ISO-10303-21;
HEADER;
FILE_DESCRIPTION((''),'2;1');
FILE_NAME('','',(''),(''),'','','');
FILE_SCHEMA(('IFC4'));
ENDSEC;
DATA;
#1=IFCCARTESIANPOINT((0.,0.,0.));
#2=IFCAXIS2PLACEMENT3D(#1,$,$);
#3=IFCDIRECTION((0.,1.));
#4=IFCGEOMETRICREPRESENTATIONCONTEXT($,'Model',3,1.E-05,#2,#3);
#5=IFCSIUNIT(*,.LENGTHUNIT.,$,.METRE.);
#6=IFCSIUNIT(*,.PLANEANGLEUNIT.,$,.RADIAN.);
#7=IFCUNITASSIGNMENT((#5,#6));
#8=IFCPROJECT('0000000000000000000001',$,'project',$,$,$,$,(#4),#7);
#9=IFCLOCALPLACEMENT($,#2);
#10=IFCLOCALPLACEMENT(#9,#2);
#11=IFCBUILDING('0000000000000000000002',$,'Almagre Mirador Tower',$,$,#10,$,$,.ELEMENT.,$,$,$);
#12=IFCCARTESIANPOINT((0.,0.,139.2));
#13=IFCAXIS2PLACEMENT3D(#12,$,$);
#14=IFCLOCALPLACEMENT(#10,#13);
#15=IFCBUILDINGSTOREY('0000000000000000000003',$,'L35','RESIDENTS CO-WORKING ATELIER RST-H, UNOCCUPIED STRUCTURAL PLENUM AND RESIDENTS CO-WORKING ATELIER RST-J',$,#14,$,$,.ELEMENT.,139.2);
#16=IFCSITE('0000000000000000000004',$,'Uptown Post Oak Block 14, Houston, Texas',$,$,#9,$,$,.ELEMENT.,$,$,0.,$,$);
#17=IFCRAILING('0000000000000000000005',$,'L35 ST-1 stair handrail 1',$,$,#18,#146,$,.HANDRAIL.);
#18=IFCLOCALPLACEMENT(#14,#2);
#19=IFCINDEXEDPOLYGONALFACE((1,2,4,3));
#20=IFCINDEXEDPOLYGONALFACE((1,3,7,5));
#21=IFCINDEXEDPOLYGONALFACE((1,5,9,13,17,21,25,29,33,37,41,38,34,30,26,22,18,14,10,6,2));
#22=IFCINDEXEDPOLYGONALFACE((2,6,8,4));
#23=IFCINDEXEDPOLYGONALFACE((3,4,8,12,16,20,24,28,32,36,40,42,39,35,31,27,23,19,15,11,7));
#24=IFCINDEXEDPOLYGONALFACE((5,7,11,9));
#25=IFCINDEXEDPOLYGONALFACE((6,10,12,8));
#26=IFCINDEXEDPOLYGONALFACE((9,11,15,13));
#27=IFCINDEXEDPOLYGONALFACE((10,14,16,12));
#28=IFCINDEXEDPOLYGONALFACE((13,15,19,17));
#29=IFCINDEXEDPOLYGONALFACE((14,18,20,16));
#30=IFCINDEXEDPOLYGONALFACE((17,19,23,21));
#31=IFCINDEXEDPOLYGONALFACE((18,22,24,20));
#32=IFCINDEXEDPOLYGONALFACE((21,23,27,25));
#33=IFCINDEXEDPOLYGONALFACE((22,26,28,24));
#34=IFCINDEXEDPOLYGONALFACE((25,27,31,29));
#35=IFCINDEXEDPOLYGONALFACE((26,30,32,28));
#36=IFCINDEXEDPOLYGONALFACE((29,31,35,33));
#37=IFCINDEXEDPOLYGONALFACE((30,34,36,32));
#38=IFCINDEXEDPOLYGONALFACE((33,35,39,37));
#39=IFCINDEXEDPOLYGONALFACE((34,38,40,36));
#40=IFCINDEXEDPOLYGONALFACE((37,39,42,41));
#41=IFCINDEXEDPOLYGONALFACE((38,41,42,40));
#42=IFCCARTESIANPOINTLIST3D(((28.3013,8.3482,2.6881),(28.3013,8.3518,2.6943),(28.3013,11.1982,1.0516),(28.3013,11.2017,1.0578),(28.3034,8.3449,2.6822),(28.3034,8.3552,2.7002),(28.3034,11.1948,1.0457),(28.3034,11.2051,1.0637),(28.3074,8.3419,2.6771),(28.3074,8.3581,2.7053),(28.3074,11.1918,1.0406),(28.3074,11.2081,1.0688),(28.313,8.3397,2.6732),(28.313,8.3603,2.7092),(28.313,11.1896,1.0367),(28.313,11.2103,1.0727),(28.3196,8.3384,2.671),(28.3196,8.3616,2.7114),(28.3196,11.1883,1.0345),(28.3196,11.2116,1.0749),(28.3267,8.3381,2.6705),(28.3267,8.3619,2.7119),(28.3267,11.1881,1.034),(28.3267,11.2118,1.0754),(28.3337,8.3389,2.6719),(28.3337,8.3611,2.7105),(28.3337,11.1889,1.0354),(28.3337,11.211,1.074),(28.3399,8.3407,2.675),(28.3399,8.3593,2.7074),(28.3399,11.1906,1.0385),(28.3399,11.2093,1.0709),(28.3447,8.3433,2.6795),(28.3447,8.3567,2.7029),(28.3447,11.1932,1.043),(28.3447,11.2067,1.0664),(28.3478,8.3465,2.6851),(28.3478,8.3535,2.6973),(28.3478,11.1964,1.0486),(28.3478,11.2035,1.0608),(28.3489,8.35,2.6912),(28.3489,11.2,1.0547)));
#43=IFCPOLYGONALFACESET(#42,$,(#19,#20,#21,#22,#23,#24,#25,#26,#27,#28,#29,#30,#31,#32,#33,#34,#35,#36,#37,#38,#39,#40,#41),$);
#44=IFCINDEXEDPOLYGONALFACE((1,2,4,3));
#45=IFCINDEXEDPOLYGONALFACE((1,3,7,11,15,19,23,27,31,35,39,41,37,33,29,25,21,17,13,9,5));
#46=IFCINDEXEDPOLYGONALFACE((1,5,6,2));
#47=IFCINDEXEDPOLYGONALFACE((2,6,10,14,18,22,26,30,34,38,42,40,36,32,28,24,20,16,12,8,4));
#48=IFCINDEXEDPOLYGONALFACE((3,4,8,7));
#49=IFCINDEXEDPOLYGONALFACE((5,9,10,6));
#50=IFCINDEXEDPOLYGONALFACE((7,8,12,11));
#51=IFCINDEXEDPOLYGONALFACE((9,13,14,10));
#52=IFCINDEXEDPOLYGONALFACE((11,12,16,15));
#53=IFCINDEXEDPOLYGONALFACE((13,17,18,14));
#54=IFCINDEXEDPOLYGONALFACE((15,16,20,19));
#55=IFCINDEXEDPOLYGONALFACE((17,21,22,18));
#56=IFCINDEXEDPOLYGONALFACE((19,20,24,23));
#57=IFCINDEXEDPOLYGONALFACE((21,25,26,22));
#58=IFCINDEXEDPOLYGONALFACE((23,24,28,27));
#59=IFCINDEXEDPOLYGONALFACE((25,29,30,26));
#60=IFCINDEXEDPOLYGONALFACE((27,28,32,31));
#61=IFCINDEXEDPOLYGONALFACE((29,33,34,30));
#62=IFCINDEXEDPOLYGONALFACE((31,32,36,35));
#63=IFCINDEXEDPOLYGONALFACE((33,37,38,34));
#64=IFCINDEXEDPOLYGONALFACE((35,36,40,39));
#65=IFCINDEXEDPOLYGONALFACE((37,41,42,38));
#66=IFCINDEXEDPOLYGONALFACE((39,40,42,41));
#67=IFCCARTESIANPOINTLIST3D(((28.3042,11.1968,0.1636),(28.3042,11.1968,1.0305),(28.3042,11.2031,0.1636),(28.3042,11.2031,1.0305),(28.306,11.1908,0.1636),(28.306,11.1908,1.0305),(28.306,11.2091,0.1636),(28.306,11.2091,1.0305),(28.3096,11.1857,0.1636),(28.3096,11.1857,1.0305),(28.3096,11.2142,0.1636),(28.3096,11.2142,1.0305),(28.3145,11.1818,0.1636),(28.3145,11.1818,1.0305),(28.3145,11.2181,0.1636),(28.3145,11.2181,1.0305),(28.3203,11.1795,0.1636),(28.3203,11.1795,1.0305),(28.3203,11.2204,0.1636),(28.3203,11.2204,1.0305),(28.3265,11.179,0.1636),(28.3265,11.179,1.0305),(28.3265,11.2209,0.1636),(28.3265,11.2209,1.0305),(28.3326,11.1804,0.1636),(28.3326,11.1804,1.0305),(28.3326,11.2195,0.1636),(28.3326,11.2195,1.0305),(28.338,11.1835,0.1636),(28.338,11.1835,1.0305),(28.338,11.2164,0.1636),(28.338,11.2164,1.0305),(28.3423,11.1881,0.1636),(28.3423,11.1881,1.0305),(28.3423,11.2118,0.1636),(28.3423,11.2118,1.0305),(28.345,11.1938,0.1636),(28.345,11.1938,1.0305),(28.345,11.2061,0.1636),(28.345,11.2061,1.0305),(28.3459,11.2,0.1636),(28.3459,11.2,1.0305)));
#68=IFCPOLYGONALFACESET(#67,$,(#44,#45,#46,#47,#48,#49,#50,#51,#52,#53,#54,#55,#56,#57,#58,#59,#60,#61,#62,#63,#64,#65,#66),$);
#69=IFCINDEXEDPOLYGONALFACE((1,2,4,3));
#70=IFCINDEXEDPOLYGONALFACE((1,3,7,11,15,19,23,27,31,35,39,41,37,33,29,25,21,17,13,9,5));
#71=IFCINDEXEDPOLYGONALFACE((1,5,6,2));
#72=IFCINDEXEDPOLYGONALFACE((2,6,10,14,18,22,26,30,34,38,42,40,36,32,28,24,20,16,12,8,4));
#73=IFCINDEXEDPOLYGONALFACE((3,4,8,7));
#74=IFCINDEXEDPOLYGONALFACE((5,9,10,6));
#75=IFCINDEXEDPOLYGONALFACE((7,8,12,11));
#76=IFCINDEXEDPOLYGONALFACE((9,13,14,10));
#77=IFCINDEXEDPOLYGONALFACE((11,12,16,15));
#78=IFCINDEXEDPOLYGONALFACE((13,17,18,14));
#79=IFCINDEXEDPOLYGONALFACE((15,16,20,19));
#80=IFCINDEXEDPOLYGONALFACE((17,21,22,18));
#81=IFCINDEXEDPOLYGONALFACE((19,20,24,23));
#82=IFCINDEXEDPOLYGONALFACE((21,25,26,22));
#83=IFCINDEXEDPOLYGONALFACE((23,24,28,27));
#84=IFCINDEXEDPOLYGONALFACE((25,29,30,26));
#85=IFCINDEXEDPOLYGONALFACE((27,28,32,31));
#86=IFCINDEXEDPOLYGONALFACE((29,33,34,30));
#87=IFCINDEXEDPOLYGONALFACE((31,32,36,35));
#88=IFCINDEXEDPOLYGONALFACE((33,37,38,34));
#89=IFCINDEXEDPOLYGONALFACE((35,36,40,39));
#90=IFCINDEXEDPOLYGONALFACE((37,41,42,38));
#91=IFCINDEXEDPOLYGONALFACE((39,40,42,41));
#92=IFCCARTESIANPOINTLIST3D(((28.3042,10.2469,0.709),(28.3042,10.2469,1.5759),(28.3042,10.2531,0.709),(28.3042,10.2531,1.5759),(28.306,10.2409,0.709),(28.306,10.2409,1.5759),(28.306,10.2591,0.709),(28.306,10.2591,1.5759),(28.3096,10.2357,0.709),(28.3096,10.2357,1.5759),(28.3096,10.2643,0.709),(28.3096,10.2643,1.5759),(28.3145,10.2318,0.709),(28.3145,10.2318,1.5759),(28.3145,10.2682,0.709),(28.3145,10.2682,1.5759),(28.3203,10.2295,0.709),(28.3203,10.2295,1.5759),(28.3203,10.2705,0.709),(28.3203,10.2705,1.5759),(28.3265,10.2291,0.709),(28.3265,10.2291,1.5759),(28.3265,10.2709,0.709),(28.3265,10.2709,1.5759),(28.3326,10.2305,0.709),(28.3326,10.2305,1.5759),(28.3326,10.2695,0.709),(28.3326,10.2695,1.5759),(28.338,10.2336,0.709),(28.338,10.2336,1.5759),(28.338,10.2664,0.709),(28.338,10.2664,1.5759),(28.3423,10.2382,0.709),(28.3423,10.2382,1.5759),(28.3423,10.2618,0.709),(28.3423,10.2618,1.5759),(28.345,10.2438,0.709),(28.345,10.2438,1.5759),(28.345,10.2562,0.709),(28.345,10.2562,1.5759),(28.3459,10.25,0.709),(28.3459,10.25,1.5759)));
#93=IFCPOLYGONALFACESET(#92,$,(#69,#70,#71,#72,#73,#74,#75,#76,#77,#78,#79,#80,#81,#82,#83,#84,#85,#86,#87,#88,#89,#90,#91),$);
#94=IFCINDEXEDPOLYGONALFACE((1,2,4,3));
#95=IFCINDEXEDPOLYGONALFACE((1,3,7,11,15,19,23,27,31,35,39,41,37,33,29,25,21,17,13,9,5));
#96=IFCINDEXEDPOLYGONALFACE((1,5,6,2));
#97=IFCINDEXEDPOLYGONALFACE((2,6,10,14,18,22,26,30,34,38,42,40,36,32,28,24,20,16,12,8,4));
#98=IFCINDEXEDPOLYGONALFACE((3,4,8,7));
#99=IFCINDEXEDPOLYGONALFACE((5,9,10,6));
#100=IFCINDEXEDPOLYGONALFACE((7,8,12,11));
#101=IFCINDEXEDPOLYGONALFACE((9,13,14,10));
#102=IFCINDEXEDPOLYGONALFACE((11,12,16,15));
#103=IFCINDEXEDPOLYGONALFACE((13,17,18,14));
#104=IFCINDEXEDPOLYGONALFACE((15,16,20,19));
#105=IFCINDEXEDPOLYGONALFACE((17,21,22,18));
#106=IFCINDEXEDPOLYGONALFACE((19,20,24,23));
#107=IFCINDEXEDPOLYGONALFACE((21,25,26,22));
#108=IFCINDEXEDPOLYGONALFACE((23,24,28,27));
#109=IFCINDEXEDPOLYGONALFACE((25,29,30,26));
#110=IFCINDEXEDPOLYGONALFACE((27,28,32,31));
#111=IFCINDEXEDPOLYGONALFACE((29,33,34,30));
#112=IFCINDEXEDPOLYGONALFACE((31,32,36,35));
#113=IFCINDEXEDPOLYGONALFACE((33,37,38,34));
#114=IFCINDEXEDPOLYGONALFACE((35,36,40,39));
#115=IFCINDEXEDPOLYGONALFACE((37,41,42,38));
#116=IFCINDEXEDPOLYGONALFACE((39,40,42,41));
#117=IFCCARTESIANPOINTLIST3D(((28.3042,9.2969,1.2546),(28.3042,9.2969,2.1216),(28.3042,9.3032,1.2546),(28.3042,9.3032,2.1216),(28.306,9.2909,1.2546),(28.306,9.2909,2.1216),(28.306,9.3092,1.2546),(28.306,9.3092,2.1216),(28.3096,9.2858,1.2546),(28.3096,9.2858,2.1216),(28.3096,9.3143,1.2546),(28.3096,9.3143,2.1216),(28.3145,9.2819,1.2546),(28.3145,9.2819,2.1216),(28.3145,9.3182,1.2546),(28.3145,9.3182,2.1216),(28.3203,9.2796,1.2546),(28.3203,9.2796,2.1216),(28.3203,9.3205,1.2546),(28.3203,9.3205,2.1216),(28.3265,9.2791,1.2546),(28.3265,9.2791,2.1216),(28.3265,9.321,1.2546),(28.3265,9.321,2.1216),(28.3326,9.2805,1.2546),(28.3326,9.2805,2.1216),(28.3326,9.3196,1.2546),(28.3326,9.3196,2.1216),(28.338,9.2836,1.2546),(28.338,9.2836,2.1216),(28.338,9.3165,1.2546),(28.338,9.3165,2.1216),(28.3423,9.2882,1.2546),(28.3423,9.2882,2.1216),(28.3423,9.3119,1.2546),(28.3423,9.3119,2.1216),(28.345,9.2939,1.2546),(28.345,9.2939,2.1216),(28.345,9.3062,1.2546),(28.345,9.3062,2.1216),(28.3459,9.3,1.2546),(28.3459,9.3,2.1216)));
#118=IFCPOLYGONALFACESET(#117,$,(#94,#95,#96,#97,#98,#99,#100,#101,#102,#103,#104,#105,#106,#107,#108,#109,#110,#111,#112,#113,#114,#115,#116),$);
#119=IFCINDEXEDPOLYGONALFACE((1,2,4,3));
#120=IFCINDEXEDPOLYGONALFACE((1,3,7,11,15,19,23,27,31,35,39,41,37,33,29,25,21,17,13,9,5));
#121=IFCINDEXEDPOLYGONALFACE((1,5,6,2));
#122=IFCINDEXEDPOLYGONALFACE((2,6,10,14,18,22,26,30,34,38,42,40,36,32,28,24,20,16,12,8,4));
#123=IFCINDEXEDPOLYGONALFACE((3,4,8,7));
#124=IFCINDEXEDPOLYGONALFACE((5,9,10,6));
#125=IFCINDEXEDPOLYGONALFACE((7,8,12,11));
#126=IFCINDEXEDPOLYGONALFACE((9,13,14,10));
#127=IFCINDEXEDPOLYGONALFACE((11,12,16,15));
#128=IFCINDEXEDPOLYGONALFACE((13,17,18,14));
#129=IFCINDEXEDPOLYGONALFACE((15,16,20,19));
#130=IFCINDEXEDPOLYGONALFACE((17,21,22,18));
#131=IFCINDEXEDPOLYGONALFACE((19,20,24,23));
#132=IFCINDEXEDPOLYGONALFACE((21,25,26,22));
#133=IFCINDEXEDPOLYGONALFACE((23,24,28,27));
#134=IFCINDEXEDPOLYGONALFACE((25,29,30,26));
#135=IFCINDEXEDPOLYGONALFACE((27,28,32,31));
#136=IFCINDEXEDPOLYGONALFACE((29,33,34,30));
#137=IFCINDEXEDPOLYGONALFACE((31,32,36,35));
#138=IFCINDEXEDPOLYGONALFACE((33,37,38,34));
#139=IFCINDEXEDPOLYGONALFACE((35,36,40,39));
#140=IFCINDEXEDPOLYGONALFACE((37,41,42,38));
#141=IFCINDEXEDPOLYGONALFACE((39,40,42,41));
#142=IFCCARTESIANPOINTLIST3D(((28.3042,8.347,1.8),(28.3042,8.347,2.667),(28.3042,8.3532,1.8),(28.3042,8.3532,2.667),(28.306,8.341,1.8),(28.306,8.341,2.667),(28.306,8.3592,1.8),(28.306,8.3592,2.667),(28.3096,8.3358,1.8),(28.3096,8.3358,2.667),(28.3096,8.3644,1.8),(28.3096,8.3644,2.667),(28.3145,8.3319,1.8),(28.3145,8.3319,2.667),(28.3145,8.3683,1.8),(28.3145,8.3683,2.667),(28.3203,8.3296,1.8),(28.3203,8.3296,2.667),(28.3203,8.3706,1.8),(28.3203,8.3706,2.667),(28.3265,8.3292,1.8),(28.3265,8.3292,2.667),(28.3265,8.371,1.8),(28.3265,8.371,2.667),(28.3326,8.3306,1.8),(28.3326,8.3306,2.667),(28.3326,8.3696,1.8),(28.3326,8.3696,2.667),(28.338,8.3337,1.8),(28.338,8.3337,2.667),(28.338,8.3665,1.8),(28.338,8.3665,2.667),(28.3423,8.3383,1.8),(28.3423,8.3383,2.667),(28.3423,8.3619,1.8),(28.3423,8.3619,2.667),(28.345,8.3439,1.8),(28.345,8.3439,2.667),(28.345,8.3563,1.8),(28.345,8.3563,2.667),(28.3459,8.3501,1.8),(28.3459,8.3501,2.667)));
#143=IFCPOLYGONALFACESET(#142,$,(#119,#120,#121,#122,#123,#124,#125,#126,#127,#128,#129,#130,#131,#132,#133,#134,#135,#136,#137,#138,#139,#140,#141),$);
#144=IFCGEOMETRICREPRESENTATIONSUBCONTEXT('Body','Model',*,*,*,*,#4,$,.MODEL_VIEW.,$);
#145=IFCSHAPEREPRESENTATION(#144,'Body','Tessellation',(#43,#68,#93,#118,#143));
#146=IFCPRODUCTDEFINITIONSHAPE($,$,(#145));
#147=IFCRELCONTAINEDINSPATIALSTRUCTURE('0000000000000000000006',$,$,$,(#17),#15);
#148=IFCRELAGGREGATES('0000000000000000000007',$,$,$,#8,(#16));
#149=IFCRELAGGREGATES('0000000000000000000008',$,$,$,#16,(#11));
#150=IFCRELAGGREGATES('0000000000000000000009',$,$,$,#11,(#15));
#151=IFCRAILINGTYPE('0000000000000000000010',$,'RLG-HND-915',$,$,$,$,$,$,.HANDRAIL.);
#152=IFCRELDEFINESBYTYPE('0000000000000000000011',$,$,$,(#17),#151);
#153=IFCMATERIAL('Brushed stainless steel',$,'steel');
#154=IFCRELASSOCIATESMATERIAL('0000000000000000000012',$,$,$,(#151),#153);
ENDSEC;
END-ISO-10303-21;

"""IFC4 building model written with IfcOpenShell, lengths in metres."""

from ifc_helpers import new_model, si_unit, direction, frame, origin, origin_2d, place, context, subcontext, project, spatial, circle, extrude, material, type_object, element, save


model = new_model("IFC4")

# Units and contexts
model_context = context("Model", 3, precision=1e-05, world=origin(), true_north=direction((0.0, 1.0)))
body_context = subcontext(model_context, "Body", "Model", "MODEL_VIEW")
ifc_project = project(units=[si_unit("LENGTHUNIT", "METRE"), si_unit("PLANEANGLEUNIT", "RADIAN")], contexts=[model_context])

# Site, building, storey
site_placement = place(None, origin())
site = spatial("IfcSite", under=ifc_project, at=site_placement, Name="Uptown Post Oak Block 14, Houston, Texas", CompositionType="ELEMENT", RefElevation=0.0)
building_placement = place(site_placement, origin())
building = spatial("IfcBuilding", under=site, at=building_placement, Name="Almagre Mirador Tower", CompositionType="ELEMENT")
storey_placement = place(building_placement, frame((0.0, 0.0, 139.2)))
storey = spatial("IfcBuildingStorey", under=building, at=storey_placement, Name="L35", Description="RESIDENTS CO-WORKING ATELIER RST-H, UNOCCUPIED STRUCTURAL PLENUM AND RESIDENTS CO-WORKING ATELIER RST-J", CompositionType="ELEMENT", Elevation=139.2)

# Railing
ifc_material_1 = material(Name="Brushed stainless steel", Category="steel")
railing_type_1 = type_object("IfcRailingType", Name="RLG-HND-915", PredefinedType="HANDRAIL", material=ifc_material_1)
railing_1_placement = place(storey_placement, frame((28.325, 11.2, 0.1636)))
element("IfcRailing", 1, at=railing_1_placement, inside=storey, type_object=railing_type_1, Name="L35 ST-1 stair handrail 1", PredefinedType="HANDRAIL", context=body_context, shape_type="SweptSolid", body=[
    extrude(circle(Radius=0.0239, at=origin_2d()), frame((0.0, 0.0, 0.8911), z_axis=(0.0, -0.867194, 0.49797), x_axis=(1.0, 0.0, 0.0)), (0.0, 0.0, 1.0), 3.2864),
    extrude(circle(Radius=0.021, at=origin_2d()), origin(), (0.0, 0.0, 1.0), 0.8669),
    extrude(circle(Radius=0.021, at=origin_2d()), frame((0.0, -0.95, 0.5454)), (0.0, 0.0, 1.0), 0.8669),
    extrude(circle(Radius=0.021, at=origin_2d()), frame((0.0, -1.8999, 1.0911)), (0.0, 0.0, 1.0), 0.8669),
    extrude(circle(Radius=0.021, at=origin_2d()), frame((0.0, -2.8499, 1.6365)), (0.0, 0.0, 1.0), 0.8669),
])

save(model, "model.ifc")
